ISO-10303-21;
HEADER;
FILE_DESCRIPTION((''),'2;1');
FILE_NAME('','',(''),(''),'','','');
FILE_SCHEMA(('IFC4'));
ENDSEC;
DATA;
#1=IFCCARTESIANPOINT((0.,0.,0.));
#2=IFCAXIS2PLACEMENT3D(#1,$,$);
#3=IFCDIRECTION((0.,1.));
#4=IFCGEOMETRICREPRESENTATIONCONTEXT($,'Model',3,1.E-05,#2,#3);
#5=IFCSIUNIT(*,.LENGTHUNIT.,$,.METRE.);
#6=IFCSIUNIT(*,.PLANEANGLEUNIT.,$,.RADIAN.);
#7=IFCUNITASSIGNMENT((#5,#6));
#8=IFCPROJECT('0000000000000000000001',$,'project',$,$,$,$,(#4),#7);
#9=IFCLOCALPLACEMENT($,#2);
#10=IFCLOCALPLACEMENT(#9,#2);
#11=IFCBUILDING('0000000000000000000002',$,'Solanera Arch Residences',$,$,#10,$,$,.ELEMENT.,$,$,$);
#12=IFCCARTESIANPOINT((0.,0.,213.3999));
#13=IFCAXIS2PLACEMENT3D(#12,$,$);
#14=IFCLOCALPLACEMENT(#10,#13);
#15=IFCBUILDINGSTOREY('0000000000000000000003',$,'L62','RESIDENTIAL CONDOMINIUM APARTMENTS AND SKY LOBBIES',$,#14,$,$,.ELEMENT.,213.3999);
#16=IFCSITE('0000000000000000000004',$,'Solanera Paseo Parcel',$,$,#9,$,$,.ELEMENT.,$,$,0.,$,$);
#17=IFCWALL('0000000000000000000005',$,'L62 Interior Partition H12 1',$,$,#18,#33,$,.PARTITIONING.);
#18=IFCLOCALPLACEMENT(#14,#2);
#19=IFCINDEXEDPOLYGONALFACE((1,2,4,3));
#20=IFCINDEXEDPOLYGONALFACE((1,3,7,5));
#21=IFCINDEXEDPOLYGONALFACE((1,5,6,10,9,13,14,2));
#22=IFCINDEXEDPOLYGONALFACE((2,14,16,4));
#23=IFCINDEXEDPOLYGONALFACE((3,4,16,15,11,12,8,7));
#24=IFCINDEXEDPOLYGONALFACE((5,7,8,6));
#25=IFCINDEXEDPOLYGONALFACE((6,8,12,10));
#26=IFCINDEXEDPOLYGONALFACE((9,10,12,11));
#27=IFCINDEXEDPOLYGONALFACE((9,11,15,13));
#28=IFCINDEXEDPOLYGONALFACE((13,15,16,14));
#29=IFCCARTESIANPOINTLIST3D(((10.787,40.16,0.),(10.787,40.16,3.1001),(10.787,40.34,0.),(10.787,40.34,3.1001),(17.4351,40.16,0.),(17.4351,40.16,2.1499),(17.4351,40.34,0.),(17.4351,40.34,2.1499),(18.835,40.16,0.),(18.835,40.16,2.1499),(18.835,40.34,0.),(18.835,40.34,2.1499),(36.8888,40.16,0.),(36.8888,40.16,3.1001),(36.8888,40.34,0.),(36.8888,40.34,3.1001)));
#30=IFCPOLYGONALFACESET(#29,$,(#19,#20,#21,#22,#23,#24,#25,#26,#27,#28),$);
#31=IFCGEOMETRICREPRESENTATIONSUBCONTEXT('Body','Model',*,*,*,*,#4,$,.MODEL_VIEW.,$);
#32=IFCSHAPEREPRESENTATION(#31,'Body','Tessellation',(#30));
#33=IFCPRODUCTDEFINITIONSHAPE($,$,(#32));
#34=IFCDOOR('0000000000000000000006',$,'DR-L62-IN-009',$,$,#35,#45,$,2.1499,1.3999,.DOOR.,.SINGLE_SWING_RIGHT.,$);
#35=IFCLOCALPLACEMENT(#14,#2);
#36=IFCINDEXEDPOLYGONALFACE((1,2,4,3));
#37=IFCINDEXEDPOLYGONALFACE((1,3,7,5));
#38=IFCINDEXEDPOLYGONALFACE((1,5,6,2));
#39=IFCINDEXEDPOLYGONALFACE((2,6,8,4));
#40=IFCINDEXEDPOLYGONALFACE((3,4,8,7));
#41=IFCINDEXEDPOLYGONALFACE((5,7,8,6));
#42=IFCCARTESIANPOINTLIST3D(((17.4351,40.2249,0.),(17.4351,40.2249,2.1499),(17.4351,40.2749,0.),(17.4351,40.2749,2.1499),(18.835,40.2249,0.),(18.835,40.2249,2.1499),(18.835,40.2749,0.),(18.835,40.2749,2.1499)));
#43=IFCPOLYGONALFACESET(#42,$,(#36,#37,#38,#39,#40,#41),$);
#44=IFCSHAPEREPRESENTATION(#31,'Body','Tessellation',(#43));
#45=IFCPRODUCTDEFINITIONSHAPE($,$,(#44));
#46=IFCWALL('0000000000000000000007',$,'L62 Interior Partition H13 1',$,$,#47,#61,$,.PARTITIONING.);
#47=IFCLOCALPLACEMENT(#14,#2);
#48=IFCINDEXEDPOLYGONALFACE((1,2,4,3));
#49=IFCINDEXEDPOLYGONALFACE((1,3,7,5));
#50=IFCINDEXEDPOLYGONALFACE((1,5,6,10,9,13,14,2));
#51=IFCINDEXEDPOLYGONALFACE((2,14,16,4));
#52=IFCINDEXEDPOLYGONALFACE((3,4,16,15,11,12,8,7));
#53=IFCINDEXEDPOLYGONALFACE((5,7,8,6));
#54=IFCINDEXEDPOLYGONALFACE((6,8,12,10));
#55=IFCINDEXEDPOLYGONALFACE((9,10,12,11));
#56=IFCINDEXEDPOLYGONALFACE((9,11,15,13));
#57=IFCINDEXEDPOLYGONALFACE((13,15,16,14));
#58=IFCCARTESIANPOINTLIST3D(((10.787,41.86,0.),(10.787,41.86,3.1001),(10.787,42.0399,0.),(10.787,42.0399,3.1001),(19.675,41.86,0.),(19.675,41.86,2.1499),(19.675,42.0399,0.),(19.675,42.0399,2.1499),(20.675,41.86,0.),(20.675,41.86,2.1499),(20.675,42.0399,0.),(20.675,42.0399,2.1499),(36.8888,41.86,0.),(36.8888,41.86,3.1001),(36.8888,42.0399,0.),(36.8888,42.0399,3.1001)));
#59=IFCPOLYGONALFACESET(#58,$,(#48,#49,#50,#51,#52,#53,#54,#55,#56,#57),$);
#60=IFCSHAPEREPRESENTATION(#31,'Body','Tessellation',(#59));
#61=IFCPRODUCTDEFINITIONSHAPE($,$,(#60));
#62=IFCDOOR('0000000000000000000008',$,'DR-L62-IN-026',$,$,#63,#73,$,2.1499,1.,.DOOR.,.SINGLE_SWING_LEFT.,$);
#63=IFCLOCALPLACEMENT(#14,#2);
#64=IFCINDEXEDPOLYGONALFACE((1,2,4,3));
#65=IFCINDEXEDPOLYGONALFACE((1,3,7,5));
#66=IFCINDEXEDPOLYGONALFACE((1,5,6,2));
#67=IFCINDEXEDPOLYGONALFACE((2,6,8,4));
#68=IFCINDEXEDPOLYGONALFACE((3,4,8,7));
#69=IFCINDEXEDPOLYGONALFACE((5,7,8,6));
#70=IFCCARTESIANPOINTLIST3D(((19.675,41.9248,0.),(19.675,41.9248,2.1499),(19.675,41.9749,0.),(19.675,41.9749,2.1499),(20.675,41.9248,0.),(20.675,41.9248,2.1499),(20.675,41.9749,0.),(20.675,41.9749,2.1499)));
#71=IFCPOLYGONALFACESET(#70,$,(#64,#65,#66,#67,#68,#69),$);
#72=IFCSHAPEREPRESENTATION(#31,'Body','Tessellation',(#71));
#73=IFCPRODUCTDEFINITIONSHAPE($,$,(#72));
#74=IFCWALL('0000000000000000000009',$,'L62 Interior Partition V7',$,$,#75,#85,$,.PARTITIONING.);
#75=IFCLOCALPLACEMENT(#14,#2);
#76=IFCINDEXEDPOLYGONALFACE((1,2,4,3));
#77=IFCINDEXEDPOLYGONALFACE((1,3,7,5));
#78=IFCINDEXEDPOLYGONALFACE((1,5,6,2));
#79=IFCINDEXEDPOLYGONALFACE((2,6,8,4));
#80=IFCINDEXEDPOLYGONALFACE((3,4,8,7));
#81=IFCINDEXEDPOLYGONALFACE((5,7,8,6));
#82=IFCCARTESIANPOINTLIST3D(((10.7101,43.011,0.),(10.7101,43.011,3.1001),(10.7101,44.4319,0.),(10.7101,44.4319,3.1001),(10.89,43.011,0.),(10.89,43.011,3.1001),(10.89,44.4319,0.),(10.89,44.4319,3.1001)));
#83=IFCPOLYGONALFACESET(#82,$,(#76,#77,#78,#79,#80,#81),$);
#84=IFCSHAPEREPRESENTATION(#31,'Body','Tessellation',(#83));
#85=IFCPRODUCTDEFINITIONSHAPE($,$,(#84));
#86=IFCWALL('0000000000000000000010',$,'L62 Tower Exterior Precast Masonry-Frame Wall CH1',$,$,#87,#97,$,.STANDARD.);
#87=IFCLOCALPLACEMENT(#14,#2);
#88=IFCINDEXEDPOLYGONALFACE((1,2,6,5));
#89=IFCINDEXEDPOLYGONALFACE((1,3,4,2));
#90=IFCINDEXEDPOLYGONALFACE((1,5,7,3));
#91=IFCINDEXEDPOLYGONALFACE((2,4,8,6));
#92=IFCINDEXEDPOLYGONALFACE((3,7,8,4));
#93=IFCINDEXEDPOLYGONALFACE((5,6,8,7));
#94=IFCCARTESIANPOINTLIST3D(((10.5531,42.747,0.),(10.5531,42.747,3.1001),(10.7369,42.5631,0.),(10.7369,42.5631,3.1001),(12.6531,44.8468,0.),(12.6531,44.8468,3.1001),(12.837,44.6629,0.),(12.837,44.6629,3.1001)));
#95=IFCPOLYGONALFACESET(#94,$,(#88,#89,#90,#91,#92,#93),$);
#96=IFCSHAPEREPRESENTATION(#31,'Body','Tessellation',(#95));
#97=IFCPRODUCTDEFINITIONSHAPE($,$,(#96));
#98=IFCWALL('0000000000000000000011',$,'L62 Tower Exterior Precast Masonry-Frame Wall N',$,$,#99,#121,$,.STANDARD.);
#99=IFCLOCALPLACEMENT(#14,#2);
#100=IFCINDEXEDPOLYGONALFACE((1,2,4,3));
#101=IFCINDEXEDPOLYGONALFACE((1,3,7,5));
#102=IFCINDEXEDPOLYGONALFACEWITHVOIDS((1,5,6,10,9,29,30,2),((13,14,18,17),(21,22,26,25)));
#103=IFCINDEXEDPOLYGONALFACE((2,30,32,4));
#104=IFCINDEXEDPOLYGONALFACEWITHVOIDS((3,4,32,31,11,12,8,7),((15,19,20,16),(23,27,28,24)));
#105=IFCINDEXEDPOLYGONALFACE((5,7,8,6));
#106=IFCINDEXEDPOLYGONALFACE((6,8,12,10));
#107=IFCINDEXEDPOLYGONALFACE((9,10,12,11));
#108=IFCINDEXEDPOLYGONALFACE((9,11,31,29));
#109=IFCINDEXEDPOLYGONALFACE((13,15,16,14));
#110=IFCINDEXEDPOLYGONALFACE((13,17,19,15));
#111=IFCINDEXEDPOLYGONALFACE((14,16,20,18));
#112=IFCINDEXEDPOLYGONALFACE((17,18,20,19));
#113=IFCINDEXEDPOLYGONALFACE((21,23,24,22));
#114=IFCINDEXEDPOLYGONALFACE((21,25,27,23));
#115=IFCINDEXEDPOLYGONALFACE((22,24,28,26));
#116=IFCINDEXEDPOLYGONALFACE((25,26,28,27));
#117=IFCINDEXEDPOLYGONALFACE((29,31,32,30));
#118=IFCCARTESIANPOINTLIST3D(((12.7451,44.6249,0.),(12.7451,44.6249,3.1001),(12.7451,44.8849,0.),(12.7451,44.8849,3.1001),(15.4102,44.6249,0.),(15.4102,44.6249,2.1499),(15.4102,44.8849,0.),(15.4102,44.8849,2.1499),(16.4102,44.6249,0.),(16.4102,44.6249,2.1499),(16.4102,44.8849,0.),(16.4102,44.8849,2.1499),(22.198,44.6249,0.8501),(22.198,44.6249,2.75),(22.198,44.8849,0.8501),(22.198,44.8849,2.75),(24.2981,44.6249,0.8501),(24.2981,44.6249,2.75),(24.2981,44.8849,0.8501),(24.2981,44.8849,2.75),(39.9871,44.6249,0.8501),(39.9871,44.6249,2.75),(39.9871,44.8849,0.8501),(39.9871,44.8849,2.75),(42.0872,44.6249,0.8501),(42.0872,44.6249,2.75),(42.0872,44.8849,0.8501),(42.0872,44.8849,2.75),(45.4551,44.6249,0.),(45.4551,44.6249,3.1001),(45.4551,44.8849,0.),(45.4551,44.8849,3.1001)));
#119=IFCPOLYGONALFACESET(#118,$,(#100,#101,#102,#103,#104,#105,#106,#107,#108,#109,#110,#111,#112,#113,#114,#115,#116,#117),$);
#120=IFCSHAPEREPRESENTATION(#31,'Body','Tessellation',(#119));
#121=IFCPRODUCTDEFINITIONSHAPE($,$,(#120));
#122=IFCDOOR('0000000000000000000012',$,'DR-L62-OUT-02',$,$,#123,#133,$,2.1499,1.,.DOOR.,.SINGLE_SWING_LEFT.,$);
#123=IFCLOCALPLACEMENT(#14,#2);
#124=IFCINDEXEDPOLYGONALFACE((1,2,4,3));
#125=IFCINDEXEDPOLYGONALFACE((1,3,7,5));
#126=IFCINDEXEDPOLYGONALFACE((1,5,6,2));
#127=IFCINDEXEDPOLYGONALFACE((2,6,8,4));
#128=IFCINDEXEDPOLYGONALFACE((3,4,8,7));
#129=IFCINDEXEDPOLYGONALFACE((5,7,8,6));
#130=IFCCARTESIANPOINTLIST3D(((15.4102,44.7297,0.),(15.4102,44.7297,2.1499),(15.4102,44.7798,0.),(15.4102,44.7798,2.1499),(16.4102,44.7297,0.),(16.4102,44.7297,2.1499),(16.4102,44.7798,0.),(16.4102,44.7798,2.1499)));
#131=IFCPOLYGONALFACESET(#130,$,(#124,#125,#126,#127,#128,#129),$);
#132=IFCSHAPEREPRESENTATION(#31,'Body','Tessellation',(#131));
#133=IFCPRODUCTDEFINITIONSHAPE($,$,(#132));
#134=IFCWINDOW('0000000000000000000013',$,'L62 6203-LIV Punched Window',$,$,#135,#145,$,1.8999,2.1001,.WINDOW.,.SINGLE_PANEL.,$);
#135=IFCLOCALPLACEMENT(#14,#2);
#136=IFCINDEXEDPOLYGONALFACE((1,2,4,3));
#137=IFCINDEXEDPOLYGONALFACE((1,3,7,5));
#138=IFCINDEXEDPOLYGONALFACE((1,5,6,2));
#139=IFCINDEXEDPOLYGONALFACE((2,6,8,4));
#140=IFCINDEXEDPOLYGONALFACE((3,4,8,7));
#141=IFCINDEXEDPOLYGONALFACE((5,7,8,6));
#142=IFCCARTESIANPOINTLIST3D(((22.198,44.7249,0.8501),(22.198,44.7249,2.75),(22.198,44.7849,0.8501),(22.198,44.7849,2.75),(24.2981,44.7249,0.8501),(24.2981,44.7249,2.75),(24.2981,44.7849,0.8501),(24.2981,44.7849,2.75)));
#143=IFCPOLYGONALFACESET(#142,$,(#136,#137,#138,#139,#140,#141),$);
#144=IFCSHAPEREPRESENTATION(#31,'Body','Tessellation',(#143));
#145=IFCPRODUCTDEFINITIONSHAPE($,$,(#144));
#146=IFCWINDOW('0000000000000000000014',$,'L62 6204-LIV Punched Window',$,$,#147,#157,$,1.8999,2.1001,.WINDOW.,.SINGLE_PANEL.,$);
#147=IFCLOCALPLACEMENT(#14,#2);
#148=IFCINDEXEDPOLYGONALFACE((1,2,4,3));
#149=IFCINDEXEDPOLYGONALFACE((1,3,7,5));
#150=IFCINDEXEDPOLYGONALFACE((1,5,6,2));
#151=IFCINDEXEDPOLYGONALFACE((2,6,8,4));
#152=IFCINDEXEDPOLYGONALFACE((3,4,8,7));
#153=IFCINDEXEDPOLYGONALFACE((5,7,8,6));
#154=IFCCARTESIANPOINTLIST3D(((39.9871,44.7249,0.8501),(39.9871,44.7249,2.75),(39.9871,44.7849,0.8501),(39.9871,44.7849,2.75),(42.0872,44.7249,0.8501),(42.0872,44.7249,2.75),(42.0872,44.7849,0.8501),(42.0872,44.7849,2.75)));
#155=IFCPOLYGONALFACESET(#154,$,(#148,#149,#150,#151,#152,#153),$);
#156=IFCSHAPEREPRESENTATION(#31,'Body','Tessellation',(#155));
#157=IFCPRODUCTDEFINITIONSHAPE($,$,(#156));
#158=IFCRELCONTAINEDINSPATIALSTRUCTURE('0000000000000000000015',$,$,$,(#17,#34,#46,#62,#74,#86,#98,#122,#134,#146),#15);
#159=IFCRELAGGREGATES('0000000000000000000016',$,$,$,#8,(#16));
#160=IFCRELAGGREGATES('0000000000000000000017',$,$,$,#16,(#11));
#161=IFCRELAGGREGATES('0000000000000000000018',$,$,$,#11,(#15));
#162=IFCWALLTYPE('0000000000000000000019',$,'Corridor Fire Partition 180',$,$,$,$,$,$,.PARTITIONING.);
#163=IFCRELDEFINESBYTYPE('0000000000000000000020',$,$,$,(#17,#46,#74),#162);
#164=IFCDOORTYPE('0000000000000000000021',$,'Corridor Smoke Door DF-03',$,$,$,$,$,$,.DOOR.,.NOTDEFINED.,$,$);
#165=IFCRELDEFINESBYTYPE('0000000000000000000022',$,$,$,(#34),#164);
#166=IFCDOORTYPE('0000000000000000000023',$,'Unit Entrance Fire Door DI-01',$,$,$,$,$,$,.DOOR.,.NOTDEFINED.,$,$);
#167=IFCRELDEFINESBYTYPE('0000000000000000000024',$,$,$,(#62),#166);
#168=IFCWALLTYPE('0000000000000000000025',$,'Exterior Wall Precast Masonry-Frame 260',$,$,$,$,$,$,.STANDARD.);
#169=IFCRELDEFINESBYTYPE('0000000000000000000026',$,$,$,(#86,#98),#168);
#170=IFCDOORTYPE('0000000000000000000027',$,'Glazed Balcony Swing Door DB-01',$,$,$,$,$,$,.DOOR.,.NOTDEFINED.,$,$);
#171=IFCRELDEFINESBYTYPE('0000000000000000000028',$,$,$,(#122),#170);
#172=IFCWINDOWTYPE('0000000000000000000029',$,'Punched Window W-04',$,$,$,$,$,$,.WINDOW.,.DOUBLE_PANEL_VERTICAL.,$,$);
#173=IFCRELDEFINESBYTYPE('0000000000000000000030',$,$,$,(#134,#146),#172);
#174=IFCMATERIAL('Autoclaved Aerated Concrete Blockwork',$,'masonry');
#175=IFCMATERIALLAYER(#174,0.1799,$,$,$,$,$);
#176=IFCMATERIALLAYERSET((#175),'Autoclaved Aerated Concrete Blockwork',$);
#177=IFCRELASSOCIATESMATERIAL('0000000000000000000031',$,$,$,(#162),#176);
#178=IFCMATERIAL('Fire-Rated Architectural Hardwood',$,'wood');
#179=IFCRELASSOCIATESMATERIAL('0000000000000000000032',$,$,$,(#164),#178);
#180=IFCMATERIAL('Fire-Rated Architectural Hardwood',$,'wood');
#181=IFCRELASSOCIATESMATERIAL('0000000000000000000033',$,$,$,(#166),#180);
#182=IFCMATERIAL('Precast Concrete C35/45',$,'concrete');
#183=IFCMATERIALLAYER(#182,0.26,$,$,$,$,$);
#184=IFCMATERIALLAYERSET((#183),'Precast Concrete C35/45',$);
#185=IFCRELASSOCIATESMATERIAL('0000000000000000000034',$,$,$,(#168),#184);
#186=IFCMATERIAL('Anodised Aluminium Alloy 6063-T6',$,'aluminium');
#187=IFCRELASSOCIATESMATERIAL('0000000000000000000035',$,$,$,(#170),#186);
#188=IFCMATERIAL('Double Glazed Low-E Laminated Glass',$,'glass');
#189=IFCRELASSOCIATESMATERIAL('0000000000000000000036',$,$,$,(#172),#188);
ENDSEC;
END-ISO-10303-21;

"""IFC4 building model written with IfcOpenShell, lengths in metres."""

from ifc_helpers import new_model, si_unit, direction, frame, frame_2d, origin, place, context, subcontext, project, spatial, rectangle, extrude, material, layer, layer_set, type_object, element, fill, save


model = new_model("IFC4")

# Units and contexts
model_context = context("Model", 3, precision=1e-05, world=origin(), true_north=direction((0.0, 1.0)))
body_context = subcontext(model_context, "Body", "Model", "MODEL_VIEW")
ifc_project = project(units=[si_unit("LENGTHUNIT", "METRE"), si_unit("PLANEANGLEUNIT", "RADIAN")], contexts=[model_context])

# Site, building, storey
site_placement = place(None, origin())
site = spatial("IfcSite", under=ifc_project, at=site_placement, Name="Solanera Paseo Parcel", CompositionType="ELEMENT", RefElevation=0.0)
building_placement = place(site_placement, origin())
building = spatial("IfcBuilding", under=site, at=building_placement, Name="Solanera Arch Residences", CompositionType="ELEMENT")
storey_placement = place(building_placement, frame((0.0, 0.0, 213.3999)))
storey = spatial("IfcBuildingStorey", under=building, at=storey_placement, Name="L62", Description="RESIDENTIAL CONDOMINIUM APARTMENTS AND SKY LOBBIES", CompositionType="ELEMENT", Elevation=213.3999)

# Walls, openings, doors
ifc_material_1 = material(Name="Autoclaved Aerated Concrete Blockwork", Category="masonry")
ifc_layer_1 = layer(ifc_material_1, 0.1799)
ifc_layer_set_1 = layer_set([ifc_layer_1], Name="Autoclaved Aerated Concrete Blockwork")
wall_type_1 = type_object("IfcWallType", Name="Corridor Fire Partition 180", PredefinedType="PARTITIONING", material=ifc_layer_set_1)
wall_1_placement = place(storey_placement, frame((10.7871, 40.25, 0.0), z_axis=(0.0, 0.0, 1.0), x_axis=(1.0, 0.0, 0.0)))
wall_1 = element("IfcWall", 1, at=wall_1_placement, inside=storey, type_object=wall_type_1, Name="L62 Interior Partition H12 1", PredefinedType="PARTITIONING", context=body_context, shape_type="SweptSolid", body=[
    extrude(rectangle(XDim=26.1018, YDim=0.1799, at=frame_2d((13.0508, 0.0))), origin(), (0.0, 0.0, 1.0), 3.1001),
])
opening_1_placement = place(wall_1_placement, frame((6.6479, 0.0, 0.0)))
opening_1 = element("IfcOpeningElement", 2, at=opening_1_placement, cuts=wall_1, PredefinedType="OPENING", context=body_context, shape_type="SweptSolid", body=[
    extrude(rectangle(XDim=1.3999, YDim=2.1499, at=frame_2d((0.7, 1.075))), frame((0.0, 0.1001, 0.0), z_axis=(0.0, -1.0, 0.0), x_axis=(1.0, 0.0, 0.0)), (0.0, 0.0, 1.0), 0.1999),
])
ifc_material_2 = material(Name="Fire-Rated Architectural Hardwood", Category="wood")
door_type_1 = type_object("IfcDoorType", Name="Corridor Smoke Door DF-03", OperationType="NOTDEFINED", PredefinedType="DOOR", material=ifc_material_2)
door_1_placement = place(opening_1_placement, origin())
door_1 = element("IfcDoor", 3, at=door_1_placement, inside=storey, type_object=door_type_1, Name="DR-L62-IN-009", OperationType="SINGLE_SWING_RIGHT", OverallHeight=2.1499, OverallWidth=1.3999, PredefinedType="DOOR", context=body_context, shape_type="SweptSolid", body=[
    extrude(rectangle(XDim=1.3999, YDim=2.1499, at=frame_2d((0.7, 1.075))), frame((0.0, 0.0249, 0.0), z_axis=(0.0, -1.0, 0.0), x_axis=(1.0, 0.0, 0.0)), (0.0, 0.0, 1.0), 0.05),
])
fill(opening_1, door_1)
wall_2_placement = place(storey_placement, frame((10.7871, 41.95, 0.0), z_axis=(0.0, 0.0, 1.0), x_axis=(1.0, 0.0, 0.0)))
wall_2 = element("IfcWall", 4, at=wall_2_placement, inside=storey, type_object=wall_type_1, Name="L62 Interior Partition H13 1", PredefinedType="PARTITIONING", context=body_context, shape_type="SweptSolid", body=[
    extrude(rectangle(XDim=26.1018, YDim=0.1799, at=frame_2d((13.0508, 0.0))), origin(), (0.0, 0.0, 1.0), 3.1001),
])
opening_2_placement = place(wall_2_placement, frame((8.8879, 0.0, 0.0)))
opening_2 = element("IfcOpeningElement", 5, at=opening_2_placement, cuts=wall_2, PredefinedType="OPENING", context=body_context, shape_type="SweptSolid", body=[
    extrude(rectangle(XDim=1.0, YDim=2.1499, at=frame_2d((0.5, 1.075))), frame((0.0, 0.1001, 0.0), z_axis=(0.0, -1.0, 0.0), x_axis=(1.0, 0.0, 0.0)), (0.0, 0.0, 1.0), 0.1999),
])
ifc_material_3 = material(Name="Fire-Rated Architectural Hardwood", Category="wood")
door_type_2 = type_object("IfcDoorType", Name="Unit Entrance Fire Door DI-01", OperationType="NOTDEFINED", PredefinedType="DOOR", material=ifc_material_3)
door_2_placement = place(opening_2_placement, origin())
door_2 = element("IfcDoor", 6, at=door_2_placement, inside=storey, type_object=door_type_2, Name="DR-L62-IN-026", OperationType="SINGLE_SWING_LEFT", OverallHeight=2.1499, OverallWidth=1.0, PredefinedType="DOOR", context=body_context, shape_type="SweptSolid", body=[
    extrude(rectangle(XDim=1.0, YDim=2.1499, at=frame_2d((0.5, 1.075))), frame((0.0, 0.0249, 0.0), z_axis=(0.0, -1.0, 0.0), x_axis=(1.0, 0.0, 0.0)), (0.0, 0.0, 1.0), 0.05),
])
fill(opening_2, door_2)

# Walls
wall_3_placement = place(storey_placement, frame((10.8, 43.011, 0.0), z_axis=(0.0, 0.0, 1.0), x_axis=(0.0, 1.0, 0.0)))
element("IfcWall", 7, at=wall_3_placement, inside=storey, type_object=wall_type_1, Name="L62 Interior Partition V7", PredefinedType="PARTITIONING", context=body_context, shape_type="SweptSolid", body=[
    extrude(rectangle(XDim=1.4209, YDim=0.1799, at=frame_2d((0.7104, 0.0))), origin(), (0.0, 0.0, 1.0), 3.1001),
])
ifc_material_4 = material(Name="Precast Concrete C35/45", Category="concrete")
ifc_layer_2 = layer(ifc_material_4, 0.26)
ifc_layer_set_2 = layer_set([ifc_layer_2], Name="Precast Concrete C35/45")
wall_type_2 = type_object("IfcWallType", Name="Exterior Wall Precast Masonry-Frame 260", PredefinedType="STANDARD", material=ifc_layer_set_2)
wall_4_placement = place(storey_placement, frame((10.645, 42.655, 0.0), z_axis=(0.0, 0.0, 1.0), x_axis=(0.707148, 0.707066, 0.0)))
element("IfcWall", 8, at=wall_4_placement, inside=storey, type_object=wall_type_2, Name="L62 Tower Exterior Precast Masonry-Frame Wall CH1", PredefinedType="STANDARD", context=body_context, shape_type="SweptSolid", body=[
    extrude(rectangle(XDim=2.9697, YDim=0.26, at=frame_2d((1.4849, 0.0))), origin(), (0.0, 0.0, 1.0), 3.1001),
])

# Wall, openings, door, windows
wall_5_placement = place(storey_placement, frame((12.7451, 44.7549, 0.0), z_axis=(0.0, 0.0, 1.0), x_axis=(1.0, 0.0, 0.0)))
wall_5 = element("IfcWall", 9, at=wall_5_placement, inside=storey, type_object=wall_type_2, Name="L62 Tower Exterior Precast Masonry-Frame Wall N", PredefinedType="STANDARD", context=body_context, shape_type="SweptSolid", body=[
    extrude(rectangle(XDim=32.71, YDim=0.26, at=frame_2d((16.355, 0.0))), origin(), (0.0, 0.0, 1.0), 3.1001),
])
opening_3_placement = place(wall_5_placement, frame((2.665, 0.0, 0.0)))
opening_3 = element("IfcOpeningElement", 10, at=opening_3_placement, cuts=wall_5, PredefinedType="OPENING", context=body_context, shape_type="SweptSolid", body=[
    extrude(rectangle(XDim=1.0, YDim=2.1499, at=frame_2d((0.5, 1.075))), frame((0.0, 0.1399, 0.0), z_axis=(0.0, -1.0, 0.0), x_axis=(1.0, 0.0, 0.0)), (0.0, 0.0, 1.0), 0.28),
])
opening_4_placement = place(wall_5_placement, frame((9.4529, 0.0, 0.8501)))
opening_4 = element("IfcOpeningElement", 11, at=opening_4_placement, cuts=wall_5, PredefinedType="OPENING", context=body_context, shape_type="SweptSolid", body=[
    extrude(rectangle(XDim=2.1001, YDim=1.8999, at=frame_2d((1.05, 0.95))), frame((0.0, 0.1399, 0.0), z_axis=(0.0, -1.0, 0.0), x_axis=(1.0, 0.0, 0.0)), (0.0, 0.0, 1.0), 0.28),
])
opening_5_placement = place(wall_5_placement, frame((27.2419, 0.0, 0.8501)))
opening_5 = element("IfcOpeningElement", 12, at=opening_5_placement, cuts=wall_5, PredefinedType="OPENING", context=body_context, shape_type="SweptSolid", body=[
    extrude(rectangle(XDim=2.1001, YDim=1.8999, at=frame_2d((1.05, 0.95))), frame((0.0, 0.1399, 0.0), z_axis=(0.0, -1.0, 0.0), x_axis=(1.0, 0.0, 0.0)), (0.0, 0.0, 1.0), 0.28),
])
ifc_material_5 = material(Name="Anodised Aluminium Alloy 6063-T6", Category="aluminium")
door_type_3 = type_object("IfcDoorType", Name="Glazed Balcony Swing Door DB-01", OperationType="NOTDEFINED", PredefinedType="DOOR", material=ifc_material_5)
door_3_placement = place(opening_3_placement, origin())
door_3 = element("IfcDoor", 13, at=door_3_placement, inside=storey, type_object=door_type_3, Name="DR-L62-OUT-02", OperationType="SINGLE_SWING_LEFT", OverallHeight=2.1499, OverallWidth=1.0, PredefinedType="DOOR", context=body_context, shape_type="SweptSolid", body=[
    extrude(rectangle(XDim=1.0, YDim=2.1499, at=frame_2d((0.5, 1.075))), frame((0.0, 0.0249, 0.0), z_axis=(0.0, -1.0, 0.0), x_axis=(1.0, 0.0, 0.0)), (0.0, 0.0, 1.0), 0.05),
])
fill(opening_3, door_3)
ifc_material_6 = material(Name="Double Glazed Low-E Laminated Glass", Category="glass")
window_type = type_object("IfcWindowType", Name="Punched Window W-04", PartitioningType="DOUBLE_PANEL_VERTICAL", PredefinedType="WINDOW", material=ifc_material_6)
window_1_placement = place(opening_4_placement, origin())
window_1 = element("IfcWindow", 14, at=window_1_placement, inside=storey, type_object=window_type, Name="L62 6203-LIV Punched Window", OverallHeight=1.8999, OverallWidth=2.1001, PartitioningType="SINGLE_PANEL", PredefinedType="WINDOW", context=body_context, shape_type="SweptSolid", body=[
    extrude(rectangle(XDim=2.1001, YDim=1.8999, at=frame_2d((1.05, 0.95))), frame((0.0, 0.03, 0.0), z_axis=(0.0, -1.0, 0.0), x_axis=(1.0, 0.0, 0.0)), (0.0, 0.0, 1.0), 0.0601),
])
fill(opening_4, window_1)
window_2_placement = place(opening_5_placement, origin())
window_2 = element("IfcWindow", 15, at=window_2_placement, inside=storey, type_object=window_type, Name="L62 6204-LIV Punched Window", OverallHeight=1.8999, OverallWidth=2.1001, PartitioningType="SINGLE_PANEL", PredefinedType="WINDOW", context=body_context, shape_type="SweptSolid", body=[
    extrude(rectangle(XDim=2.1001, YDim=1.8999, at=frame_2d((1.05, 0.95))), frame((0.0, 0.03, 0.0), z_axis=(0.0, -1.0, 0.0), x_axis=(1.0, 0.0, 0.0)), (0.0, 0.0, 1.0), 0.0601),
])
fill(opening_5, window_2)

save(model, "model.ifc")
